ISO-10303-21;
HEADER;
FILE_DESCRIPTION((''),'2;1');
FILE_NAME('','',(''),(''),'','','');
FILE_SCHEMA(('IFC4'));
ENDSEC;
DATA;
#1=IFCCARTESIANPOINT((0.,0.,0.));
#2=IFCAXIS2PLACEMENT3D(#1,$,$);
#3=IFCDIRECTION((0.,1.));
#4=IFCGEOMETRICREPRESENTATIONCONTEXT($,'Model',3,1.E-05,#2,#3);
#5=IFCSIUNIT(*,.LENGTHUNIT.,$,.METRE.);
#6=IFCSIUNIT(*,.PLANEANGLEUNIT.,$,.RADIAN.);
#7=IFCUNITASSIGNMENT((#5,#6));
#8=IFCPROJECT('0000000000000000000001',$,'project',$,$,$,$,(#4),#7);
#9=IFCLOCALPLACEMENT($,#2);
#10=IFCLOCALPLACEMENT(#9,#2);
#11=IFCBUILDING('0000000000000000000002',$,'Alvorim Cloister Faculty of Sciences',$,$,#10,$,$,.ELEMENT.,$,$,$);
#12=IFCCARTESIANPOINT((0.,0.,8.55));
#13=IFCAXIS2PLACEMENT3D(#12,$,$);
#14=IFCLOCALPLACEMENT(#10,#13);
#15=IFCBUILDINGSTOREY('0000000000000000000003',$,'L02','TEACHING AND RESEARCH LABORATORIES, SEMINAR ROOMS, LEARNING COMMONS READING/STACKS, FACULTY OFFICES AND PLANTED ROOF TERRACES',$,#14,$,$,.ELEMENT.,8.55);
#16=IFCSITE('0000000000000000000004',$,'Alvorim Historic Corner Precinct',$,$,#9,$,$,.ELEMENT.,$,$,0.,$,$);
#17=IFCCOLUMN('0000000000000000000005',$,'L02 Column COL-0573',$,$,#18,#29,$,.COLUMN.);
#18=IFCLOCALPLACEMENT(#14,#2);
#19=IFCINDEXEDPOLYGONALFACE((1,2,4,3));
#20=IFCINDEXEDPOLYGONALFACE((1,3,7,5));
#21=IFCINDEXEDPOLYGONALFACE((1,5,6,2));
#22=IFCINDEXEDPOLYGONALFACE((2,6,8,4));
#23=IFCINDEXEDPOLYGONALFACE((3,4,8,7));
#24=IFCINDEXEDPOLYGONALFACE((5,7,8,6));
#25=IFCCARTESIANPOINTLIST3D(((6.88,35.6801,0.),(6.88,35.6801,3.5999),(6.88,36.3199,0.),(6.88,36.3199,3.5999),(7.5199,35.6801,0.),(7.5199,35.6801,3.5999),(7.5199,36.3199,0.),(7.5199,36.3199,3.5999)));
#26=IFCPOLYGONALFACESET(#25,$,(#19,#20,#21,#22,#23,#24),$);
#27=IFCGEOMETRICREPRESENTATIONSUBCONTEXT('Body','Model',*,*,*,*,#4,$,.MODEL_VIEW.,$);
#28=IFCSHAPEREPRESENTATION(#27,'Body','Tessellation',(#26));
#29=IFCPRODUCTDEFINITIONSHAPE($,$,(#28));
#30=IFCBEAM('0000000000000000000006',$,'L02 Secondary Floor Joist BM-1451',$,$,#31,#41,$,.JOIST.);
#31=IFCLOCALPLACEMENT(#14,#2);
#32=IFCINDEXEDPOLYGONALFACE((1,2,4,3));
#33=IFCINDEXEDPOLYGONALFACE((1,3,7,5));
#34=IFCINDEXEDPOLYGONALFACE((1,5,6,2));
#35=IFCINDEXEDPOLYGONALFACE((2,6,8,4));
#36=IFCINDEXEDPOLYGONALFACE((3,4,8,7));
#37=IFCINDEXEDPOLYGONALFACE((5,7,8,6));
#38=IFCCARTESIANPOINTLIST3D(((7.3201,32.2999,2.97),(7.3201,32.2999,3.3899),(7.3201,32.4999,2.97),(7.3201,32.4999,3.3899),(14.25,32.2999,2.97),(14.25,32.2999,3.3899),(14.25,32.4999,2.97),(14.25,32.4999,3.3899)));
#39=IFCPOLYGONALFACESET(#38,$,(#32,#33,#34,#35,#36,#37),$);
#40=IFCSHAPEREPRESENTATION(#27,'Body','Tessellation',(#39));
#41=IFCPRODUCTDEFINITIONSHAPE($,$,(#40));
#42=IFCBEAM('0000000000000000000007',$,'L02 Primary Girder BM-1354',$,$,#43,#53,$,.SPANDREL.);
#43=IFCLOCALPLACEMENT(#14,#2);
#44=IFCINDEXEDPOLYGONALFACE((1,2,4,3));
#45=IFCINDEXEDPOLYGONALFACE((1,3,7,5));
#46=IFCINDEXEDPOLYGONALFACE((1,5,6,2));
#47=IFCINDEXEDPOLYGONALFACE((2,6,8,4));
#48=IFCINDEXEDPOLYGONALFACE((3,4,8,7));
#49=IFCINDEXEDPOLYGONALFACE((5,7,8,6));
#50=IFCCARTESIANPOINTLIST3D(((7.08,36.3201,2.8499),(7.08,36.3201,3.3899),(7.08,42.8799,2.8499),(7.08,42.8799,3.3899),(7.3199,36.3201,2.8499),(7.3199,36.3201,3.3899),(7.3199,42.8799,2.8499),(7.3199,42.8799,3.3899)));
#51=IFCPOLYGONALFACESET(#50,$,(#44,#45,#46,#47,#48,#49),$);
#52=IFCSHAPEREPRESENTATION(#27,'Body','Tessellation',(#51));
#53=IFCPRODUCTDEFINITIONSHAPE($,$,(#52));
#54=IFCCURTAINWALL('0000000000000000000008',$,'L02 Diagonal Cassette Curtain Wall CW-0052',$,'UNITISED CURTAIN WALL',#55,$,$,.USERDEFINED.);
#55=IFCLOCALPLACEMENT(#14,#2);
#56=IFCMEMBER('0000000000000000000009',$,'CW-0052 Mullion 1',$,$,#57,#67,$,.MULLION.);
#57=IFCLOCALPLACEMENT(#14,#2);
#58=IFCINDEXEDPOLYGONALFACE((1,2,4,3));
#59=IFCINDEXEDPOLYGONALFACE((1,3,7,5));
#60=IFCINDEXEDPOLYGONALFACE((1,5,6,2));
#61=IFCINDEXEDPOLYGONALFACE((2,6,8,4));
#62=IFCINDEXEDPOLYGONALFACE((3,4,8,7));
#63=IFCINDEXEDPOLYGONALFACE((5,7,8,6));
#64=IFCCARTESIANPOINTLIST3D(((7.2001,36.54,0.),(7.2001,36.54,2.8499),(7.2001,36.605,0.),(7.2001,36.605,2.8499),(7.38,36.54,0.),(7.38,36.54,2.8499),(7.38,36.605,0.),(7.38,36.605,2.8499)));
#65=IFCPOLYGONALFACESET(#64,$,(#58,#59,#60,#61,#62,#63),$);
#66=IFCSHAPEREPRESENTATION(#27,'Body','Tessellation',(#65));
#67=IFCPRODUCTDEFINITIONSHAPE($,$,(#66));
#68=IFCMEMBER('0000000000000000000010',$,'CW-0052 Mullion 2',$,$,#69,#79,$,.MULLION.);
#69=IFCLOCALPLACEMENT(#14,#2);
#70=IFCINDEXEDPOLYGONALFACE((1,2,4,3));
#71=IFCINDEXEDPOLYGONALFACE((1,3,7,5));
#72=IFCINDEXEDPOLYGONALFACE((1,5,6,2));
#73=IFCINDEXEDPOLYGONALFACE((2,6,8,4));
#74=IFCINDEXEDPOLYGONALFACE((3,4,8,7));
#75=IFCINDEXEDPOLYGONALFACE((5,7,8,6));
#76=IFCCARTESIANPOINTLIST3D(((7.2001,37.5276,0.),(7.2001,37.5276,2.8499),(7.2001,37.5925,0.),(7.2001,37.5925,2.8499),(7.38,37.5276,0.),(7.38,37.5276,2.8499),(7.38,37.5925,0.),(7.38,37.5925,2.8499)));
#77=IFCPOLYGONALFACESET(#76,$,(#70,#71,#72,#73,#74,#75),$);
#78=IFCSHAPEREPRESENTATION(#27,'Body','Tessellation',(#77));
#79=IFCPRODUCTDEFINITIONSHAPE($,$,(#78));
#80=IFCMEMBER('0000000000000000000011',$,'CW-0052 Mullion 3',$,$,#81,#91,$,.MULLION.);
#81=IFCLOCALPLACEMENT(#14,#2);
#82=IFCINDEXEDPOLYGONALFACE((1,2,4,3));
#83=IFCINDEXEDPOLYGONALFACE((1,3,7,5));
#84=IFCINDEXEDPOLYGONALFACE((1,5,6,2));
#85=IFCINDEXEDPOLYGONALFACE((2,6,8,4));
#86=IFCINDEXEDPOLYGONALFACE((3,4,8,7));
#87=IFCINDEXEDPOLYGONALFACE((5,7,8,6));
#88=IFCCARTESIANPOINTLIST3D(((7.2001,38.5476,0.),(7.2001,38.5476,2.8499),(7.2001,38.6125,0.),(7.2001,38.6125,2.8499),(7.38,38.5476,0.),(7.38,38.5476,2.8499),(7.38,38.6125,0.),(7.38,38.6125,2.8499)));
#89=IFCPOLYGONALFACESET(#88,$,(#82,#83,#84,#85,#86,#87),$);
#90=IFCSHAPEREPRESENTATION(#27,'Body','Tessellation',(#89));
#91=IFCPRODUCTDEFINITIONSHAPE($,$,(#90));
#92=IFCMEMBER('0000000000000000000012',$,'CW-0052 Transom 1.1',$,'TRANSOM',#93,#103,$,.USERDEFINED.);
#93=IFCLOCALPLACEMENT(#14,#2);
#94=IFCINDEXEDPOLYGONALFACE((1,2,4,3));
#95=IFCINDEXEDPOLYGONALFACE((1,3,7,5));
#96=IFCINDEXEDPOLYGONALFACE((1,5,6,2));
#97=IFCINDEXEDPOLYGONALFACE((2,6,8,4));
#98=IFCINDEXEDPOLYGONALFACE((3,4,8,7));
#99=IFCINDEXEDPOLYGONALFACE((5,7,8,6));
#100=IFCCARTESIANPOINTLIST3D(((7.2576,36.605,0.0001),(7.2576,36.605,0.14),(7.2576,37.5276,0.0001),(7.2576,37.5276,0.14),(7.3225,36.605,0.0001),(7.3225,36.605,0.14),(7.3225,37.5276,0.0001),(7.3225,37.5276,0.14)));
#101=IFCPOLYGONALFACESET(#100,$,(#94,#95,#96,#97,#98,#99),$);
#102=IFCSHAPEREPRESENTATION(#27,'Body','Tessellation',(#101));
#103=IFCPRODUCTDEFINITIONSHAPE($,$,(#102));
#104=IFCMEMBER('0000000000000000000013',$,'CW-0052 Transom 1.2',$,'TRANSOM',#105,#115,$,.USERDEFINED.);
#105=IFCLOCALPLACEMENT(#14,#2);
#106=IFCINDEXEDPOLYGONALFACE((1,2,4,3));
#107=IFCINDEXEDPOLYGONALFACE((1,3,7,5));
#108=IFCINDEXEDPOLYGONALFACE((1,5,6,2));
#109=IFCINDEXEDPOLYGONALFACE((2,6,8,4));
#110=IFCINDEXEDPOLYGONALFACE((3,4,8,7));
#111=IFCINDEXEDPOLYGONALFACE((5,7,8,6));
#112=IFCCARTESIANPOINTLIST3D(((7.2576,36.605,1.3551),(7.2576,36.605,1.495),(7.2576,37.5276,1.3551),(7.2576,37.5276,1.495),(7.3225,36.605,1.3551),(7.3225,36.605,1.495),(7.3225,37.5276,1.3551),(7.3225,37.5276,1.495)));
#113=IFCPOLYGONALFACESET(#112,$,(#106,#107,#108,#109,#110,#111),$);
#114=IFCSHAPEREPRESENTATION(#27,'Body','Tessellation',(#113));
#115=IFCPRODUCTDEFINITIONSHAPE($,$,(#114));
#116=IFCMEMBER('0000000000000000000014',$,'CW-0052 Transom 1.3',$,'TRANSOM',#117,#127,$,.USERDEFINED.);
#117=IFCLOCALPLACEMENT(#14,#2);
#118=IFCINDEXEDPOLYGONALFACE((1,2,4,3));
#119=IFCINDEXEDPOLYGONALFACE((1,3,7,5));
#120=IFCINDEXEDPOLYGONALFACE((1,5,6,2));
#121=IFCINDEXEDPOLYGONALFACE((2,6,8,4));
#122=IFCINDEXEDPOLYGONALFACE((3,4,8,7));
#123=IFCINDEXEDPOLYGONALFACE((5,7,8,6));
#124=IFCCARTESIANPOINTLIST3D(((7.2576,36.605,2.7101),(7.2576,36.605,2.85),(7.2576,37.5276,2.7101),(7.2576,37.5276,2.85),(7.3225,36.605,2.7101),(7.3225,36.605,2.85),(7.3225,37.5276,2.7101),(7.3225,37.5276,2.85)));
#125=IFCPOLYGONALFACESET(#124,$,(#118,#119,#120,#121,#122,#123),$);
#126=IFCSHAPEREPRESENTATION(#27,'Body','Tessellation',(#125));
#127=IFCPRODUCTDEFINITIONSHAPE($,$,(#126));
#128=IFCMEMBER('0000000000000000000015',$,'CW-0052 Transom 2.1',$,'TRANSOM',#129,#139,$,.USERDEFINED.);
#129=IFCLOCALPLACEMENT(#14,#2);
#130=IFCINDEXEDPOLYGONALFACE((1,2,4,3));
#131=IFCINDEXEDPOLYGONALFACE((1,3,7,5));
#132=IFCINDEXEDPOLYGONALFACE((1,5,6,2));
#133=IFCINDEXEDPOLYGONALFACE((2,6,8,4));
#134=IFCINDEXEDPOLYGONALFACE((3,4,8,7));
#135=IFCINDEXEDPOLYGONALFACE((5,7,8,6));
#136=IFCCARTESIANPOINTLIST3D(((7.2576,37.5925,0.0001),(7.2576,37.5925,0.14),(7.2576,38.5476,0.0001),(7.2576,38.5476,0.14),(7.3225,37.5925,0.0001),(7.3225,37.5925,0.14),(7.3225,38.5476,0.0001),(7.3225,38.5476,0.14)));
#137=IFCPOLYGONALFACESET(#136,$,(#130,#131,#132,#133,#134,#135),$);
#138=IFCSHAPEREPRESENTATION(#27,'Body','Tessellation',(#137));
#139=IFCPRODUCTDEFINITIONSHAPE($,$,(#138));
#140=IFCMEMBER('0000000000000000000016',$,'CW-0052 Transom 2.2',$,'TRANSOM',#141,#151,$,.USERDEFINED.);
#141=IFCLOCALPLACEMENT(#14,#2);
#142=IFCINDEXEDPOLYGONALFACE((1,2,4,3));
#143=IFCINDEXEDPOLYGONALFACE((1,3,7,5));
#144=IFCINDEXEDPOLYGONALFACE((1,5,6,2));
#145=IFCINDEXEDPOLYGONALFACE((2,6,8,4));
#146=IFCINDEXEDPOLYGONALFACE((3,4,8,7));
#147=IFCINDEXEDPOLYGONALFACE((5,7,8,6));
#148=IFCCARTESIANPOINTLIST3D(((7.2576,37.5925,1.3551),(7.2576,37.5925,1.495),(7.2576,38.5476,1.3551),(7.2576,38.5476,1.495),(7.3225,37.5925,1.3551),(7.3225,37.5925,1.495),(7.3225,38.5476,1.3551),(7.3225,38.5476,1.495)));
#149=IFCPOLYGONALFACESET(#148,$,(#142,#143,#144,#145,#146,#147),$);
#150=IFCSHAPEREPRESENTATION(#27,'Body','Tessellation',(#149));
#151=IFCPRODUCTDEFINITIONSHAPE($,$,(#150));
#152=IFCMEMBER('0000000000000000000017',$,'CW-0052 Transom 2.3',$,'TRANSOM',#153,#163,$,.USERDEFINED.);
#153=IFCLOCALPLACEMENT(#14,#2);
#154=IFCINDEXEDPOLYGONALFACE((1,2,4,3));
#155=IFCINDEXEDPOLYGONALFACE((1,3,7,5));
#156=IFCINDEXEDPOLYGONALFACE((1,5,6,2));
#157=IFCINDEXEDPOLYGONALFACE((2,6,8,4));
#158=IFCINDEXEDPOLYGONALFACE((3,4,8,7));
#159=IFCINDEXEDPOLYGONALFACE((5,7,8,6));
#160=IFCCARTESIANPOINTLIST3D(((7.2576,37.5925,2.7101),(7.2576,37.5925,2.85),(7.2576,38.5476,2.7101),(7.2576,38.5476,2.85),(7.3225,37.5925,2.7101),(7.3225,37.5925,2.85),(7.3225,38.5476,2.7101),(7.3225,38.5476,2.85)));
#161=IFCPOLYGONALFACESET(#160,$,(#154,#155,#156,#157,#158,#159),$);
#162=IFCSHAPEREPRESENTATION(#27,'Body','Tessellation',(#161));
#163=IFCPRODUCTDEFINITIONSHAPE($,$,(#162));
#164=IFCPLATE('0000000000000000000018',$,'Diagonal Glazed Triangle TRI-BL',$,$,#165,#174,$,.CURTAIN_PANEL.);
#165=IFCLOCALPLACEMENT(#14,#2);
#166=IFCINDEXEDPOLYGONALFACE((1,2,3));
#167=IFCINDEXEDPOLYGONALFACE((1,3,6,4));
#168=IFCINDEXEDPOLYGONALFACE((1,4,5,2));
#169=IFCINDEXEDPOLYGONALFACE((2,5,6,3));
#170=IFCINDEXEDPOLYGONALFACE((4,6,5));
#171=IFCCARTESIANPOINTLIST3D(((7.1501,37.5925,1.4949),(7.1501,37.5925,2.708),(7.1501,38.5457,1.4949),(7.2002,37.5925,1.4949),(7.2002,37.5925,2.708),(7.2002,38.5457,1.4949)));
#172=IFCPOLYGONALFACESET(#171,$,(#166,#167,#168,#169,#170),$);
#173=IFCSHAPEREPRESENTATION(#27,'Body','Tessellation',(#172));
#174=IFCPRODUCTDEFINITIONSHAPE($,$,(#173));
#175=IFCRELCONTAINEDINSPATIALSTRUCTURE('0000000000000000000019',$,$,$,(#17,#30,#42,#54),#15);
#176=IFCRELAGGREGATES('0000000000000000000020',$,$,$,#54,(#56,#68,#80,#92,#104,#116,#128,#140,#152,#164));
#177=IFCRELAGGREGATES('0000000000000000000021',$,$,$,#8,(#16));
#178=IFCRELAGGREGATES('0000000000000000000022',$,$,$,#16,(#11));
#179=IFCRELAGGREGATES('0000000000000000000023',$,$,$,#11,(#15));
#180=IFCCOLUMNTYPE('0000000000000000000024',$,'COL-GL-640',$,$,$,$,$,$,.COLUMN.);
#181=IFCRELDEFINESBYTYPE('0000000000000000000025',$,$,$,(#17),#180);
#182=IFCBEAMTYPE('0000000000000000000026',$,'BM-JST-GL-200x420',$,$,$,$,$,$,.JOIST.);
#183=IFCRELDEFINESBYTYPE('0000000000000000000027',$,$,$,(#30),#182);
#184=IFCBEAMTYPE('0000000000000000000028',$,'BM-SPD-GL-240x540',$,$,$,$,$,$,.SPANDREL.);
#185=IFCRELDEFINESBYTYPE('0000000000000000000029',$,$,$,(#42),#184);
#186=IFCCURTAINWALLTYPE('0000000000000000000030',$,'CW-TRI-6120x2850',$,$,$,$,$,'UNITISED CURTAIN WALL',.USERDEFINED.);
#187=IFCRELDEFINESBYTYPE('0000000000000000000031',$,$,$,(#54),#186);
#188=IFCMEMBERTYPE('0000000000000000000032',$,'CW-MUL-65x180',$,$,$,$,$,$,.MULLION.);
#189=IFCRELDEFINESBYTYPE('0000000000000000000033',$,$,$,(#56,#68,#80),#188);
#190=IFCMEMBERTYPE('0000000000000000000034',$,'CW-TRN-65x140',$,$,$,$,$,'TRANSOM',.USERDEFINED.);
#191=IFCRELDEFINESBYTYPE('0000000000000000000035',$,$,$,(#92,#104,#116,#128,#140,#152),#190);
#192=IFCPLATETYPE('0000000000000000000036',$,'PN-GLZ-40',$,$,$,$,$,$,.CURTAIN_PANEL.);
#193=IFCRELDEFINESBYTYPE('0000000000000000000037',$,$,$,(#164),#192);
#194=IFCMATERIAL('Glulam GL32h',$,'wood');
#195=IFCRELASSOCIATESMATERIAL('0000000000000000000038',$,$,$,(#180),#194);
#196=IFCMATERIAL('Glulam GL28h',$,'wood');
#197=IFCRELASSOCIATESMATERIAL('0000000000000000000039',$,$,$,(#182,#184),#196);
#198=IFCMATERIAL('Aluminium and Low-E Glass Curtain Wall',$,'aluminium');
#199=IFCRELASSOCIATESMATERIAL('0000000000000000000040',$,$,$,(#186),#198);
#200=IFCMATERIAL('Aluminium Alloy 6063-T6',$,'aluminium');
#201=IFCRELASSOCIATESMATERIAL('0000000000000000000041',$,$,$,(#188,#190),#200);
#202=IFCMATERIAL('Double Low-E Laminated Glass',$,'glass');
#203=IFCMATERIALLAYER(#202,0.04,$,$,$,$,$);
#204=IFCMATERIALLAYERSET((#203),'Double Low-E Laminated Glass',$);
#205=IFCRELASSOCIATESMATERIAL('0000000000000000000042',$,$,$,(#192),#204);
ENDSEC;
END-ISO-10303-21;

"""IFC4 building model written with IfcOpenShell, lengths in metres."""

from ifc_helpers import new_model, si_unit, direction, frame, origin, origin_2d, place, context, subcontext, project, spatial, polyline, rectangle, outline, extrude, material, layer, layer_set, material_profile, profile_set, type_object, element, aggregate, save


model = new_model("IFC4")

# Units and contexts
model_context = context("Model", 3, precision=1e-05, world=origin(), true_north=direction((0.0, 1.0)))
body_context = subcontext(model_context, "Body", "Model", "MODEL_VIEW")
ifc_project = project(units=[si_unit("LENGTHUNIT", "METRE"), si_unit("PLANEANGLEUNIT", "RADIAN")], contexts=[model_context])

# Site, building, storey
site_placement = place(None, origin())
site = spatial("IfcSite", under=ifc_project, at=site_placement, Name="Alvorim Historic Corner Precinct", CompositionType="ELEMENT", RefElevation=0.0)
building_placement = place(site_placement, origin())
building = spatial("IfcBuilding", under=site, at=building_placement, Name="Alvorim Cloister Faculty of Sciences", CompositionType="ELEMENT")
storey_placement = place(building_placement, frame((0.0, 0.0, 8.55)))
storey = spatial("IfcBuildingStorey", under=building, at=storey_placement, Name="L02", Description="TEACHING AND RESEARCH LABORATORIES, SEMINAR ROOMS, LEARNING COMMONS READING/STACKS, FACULTY OFFICES AND PLANTED ROOF TERRACES", CompositionType="ELEMENT", Elevation=8.55)

# Column
ifc_material_1 = material(Name="Glulam GL32h", Category="wood")
ifc_material_profile_1 = material_profile(ifc_material_1, rectangle(XDim=0.6399, YDim=0.6399, at=origin_2d()), Name="GL32-COL-640x640")
ifc_profile_set_1 = profile_set([ifc_material_profile_1], Name="Glulam GL32h")
column_type = type_object("IfcColumnType", Name="COL-GL-640", PredefinedType="COLUMN", material=ifc_profile_set_1)
column_placement = place(storey_placement, frame((7.2, 36.0, 0.0), z_axis=(0.0, 0.0, 1.0), x_axis=(1.0, 0.0, 0.0)))
element("IfcColumn", 1, at=column_placement, inside=storey, type_object=column_type, Name="L02 Column COL-0573", PredefinedType="COLUMN", context=body_context, shape_type="SweptSolid", body=[
    extrude(rectangle(XDim=0.6399, YDim=0.6399, at=origin_2d()), origin(), (0.0, 0.0, 1.0), 3.5999),
])

# Beams
ifc_material_2 = material(Name="Glulam GL28h", Category="wood")
ifc_material_profile_2 = material_profile(ifc_material_2, rectangle(XDim=0.2, YDim=0.4199, at=origin_2d()), Name="GL28-JST-200x420")
ifc_profile_set_2 = profile_set([ifc_material_profile_2], Name="Glulam GL28h")
beam_type_1 = type_object("IfcBeamType", Name="BM-JST-GL-200x420", PredefinedType="JOIST", material=ifc_profile_set_2)
beam_1_placement = place(storey_placement, frame((7.3201, 32.3999, 3.1799), z_axis=(1.0, 0.0, 0.0), x_axis=(0.0, 1.0, 0.0)))
element("IfcBeam", 2, at=beam_1_placement, inside=storey, type_object=beam_type_1, Name="L02 Secondary Floor Joist BM-1451", PredefinedType="JOIST", context=body_context, shape_type="SweptSolid", body=[
    extrude(rectangle(XDim=0.2, YDim=0.4199, at=origin_2d()), origin(), (0.0, 0.0, 1.0), 6.9299),
])
ifc_material_profile_3 = material_profile(ifc_material_2, rectangle(XDim=0.24, YDim=0.54, at=origin_2d()), Name="GL28-SPD-240x540")
ifc_profile_set_3 = profile_set([ifc_material_profile_3], Name="Glulam GL28h")
beam_type_2 = type_object("IfcBeamType", Name="BM-SPD-GL-240x540", PredefinedType="SPANDREL", material=ifc_profile_set_3)
beam_2_placement = place(storey_placement, frame((7.2, 36.3201, 3.1199), z_axis=(0.0, 1.0, 0.0), x_axis=(-1.0, 0.0, 0.0)))
element("IfcBeam", 3, at=beam_2_placement, inside=storey, type_object=beam_type_2, Name="L02 Primary Girder BM-1354", PredefinedType="SPANDREL", context=body_context, shape_type="SweptSolid", body=[
    extrude(rectangle(XDim=0.24, YDim=0.54, at=origin_2d()), origin(), (0.0, 0.0, 1.0), 6.5598),
])

# Curtain wall, members, plate
ifc_material_3 = material(Name="Aluminium and Low-E Glass Curtain Wall", Category="aluminium")
curtain_wall_type = type_object("IfcCurtainWallType", Name="CW-TRI-6120x2850", ElementType="UNITISED CURTAIN WALL", PredefinedType="USERDEFINED", material=ifc_material_3)
curtain_wall_placement = place(storey_placement, origin())
curtain_wall = element("IfcCurtainWall", 4, at=curtain_wall_placement, inside=storey, type_object=curtain_wall_type, Name="L02 Diagonal Cassette Curtain Wall CW-0052", ObjectType="UNITISED CURTAIN WALL", PredefinedType="USERDEFINED")
ifc_material_4 = material(Name="Aluminium Alloy 6063-T6", Category="aluminium")
ifc_material_profile_4 = material_profile(ifc_material_4, rectangle(XDim=0.0649, YDim=0.1799, at=origin_2d()), Name="ALU-MUL-65x180")
ifc_profile_set_4 = profile_set([ifc_material_profile_4], Name="Aluminium Alloy 6063-T6")
member_type_1 = type_object("IfcMemberType", Name="CW-MUL-65x180", PredefinedType="MULLION", material=ifc_profile_set_4)
member_1_placement = place(storey_placement, frame((7.29, 36.5725, 0.0), z_axis=(0.0, 0.0, 1.0), x_axis=(0.0, 1.0, 0.0)))
member_1 = element("IfcMember", 5, at=member_1_placement, type_object=member_type_1, Name="CW-0052 Mullion 1", PredefinedType="MULLION", context=body_context, shape_type="SweptSolid", body=[
    extrude(rectangle(XDim=0.0649, YDim=0.1799, at=origin_2d()), origin(), (0.0, 0.0, 1.0), 2.8499),
])
member_2_placement = place(storey_placement, frame((7.29, 37.5601, 0.0), z_axis=(0.0, 0.0, 1.0), x_axis=(0.0, 1.0, 0.0)))
member_2 = element("IfcMember", 6, at=member_2_placement, type_object=member_type_1, Name="CW-0052 Mullion 2", PredefinedType="MULLION", context=body_context, shape_type="SweptSolid", body=[
    extrude(rectangle(XDim=0.0649, YDim=0.1799, at=origin_2d()), origin(), (0.0, 0.0, 1.0), 2.8499),
])
member_3_placement = place(storey_placement, frame((7.29, 38.5801, 0.0), z_axis=(0.0, 0.0, 1.0), x_axis=(0.0, 1.0, 0.0)))
member_3 = element("IfcMember", 7, at=member_3_placement, type_object=member_type_1, Name="CW-0052 Mullion 3", PredefinedType="MULLION", context=body_context, shape_type="SweptSolid", body=[
    extrude(rectangle(XDim=0.0649, YDim=0.1799, at=origin_2d()), origin(), (0.0, 0.0, 1.0), 2.8499),
])
ifc_material_profile_5 = material_profile(ifc_material_4, rectangle(XDim=0.0649, YDim=0.1399, at=origin_2d()), Name="ALU-TRN-65x140")
ifc_profile_set_5 = profile_set([ifc_material_profile_5], Name="Aluminium Alloy 6063-T6")
member_type_2 = type_object("IfcMemberType", Name="CW-TRN-65x140", ElementType="TRANSOM", PredefinedType="USERDEFINED", material=ifc_profile_set_5)
member_4_placement = place(storey_placement, frame((7.29, 36.605, 0.0701), z_axis=(0.0, 1.0, 0.0), x_axis=(-1.0, 0.0, 0.0)))
member_4 = element("IfcMember", 8, at=member_4_placement, type_object=member_type_2, Name="CW-0052 Transom 1.1", ObjectType="TRANSOM", PredefinedType="USERDEFINED", context=body_context, shape_type="SweptSolid", body=[
    extrude(rectangle(XDim=0.0649, YDim=0.1399, at=origin_2d()), origin(), (0.0, 0.0, 1.0), 0.9226),
])
member_5_placement = place(storey_placement, frame((7.29, 36.605, 1.425), z_axis=(0.0, 1.0, 0.0), x_axis=(-1.0, 0.0, 0.0)))
member_5 = element("IfcMember", 9, at=member_5_placement, type_object=member_type_2, Name="CW-0052 Transom 1.2", ObjectType="TRANSOM", PredefinedType="USERDEFINED", context=body_context, shape_type="SweptSolid", body=[
    extrude(rectangle(XDim=0.0649, YDim=0.1399, at=origin_2d()), origin(), (0.0, 0.0, 1.0), 0.9226),
])
member_6_placement = place(storey_placement, frame((7.29, 36.605, 2.78), z_axis=(0.0, 1.0, 0.0), x_axis=(-1.0, 0.0, 0.0)))
member_6 = element("IfcMember", 10, at=member_6_placement, type_object=member_type_2, Name="CW-0052 Transom 1.3", ObjectType="TRANSOM", PredefinedType="USERDEFINED", context=body_context, shape_type="SweptSolid", body=[
    extrude(rectangle(XDim=0.0649, YDim=0.1399, at=origin_2d()), origin(), (0.0, 0.0, 1.0), 0.9226),
])
member_7_placement = place(storey_placement, frame((7.29, 37.5925, 0.0701), z_axis=(0.0, 1.0, 0.0), x_axis=(-1.0, 0.0, 0.0)))
member_7 = element("IfcMember", 11, at=member_7_placement, type_object=member_type_2, Name="CW-0052 Transom 2.1", ObjectType="TRANSOM", PredefinedType="USERDEFINED", context=body_context, shape_type="SweptSolid", body=[
    extrude(rectangle(XDim=0.0649, YDim=0.1399, at=origin_2d()), origin(), (0.0, 0.0, 1.0), 0.9551),
])
member_8_placement = place(storey_placement, frame((7.29, 37.5925, 1.425), z_axis=(0.0, 1.0, 0.0), x_axis=(-1.0, 0.0, 0.0)))
member_8 = element("IfcMember", 12, at=member_8_placement, type_object=member_type_2, Name="CW-0052 Transom 2.2", ObjectType="TRANSOM", PredefinedType="USERDEFINED", context=body_context, shape_type="SweptSolid", body=[
    extrude(rectangle(XDim=0.0649, YDim=0.1399, at=origin_2d()), origin(), (0.0, 0.0, 1.0), 0.9551),
])
member_9_placement = place(storey_placement, frame((7.29, 37.5925, 2.78), z_axis=(0.0, 1.0, 0.0), x_axis=(-1.0, 0.0, 0.0)))
member_9 = element("IfcMember", 13, at=member_9_placement, type_object=member_type_2, Name="CW-0052 Transom 2.3", ObjectType="TRANSOM", PredefinedType="USERDEFINED", context=body_context, shape_type="SweptSolid", body=[
    extrude(rectangle(XDim=0.0649, YDim=0.1399, at=origin_2d()), origin(), (0.0, 0.0, 1.0), 0.9551),
])
ifc_material_5 = material(Name="Double Low-E Laminated Glass", Category="glass")
ifc_layer_1 = layer(ifc_material_5, 0.04)
ifc_layer_set_1 = layer_set([ifc_layer_1], Name="Double Low-E Laminated Glass")
plate_type = type_object("IfcPlateType", Name="PN-GLZ-40", PredefinedType="CURTAIN_PANEL", material=ifc_layer_set_1)
plate_1_placement = place(storey_placement, frame((7.175, 37.5925, 1.4949), z_axis=(0.0, 0.0, 1.0), x_axis=(0.0, 1.0, 0.0)))
plate_1 = element("IfcPlate", 14, at=plate_1_placement, type_object=plate_type, Name="Diagonal Glazed Triangle TRI-BL", PredefinedType="CURTAIN_PANEL", context=body_context, shape_type="SweptSolid", body=[
    extrude(outline(polyline([(0.0, 0.0), (0.9531, 0.0), (0.0, 1.2131), (0.0, 0.0)])), frame((0.0, 0.0249, 0.0), z_axis=(0.0, -1.0, 0.0), x_axis=(1.0, 0.0, 0.0)), (0.0, 0.0, 1.0), 0.05),
])
aggregate(curtain_wall, [member_1, member_2, member_3, member_4, member_5, member_6, member_7, member_8, member_9, plate_1])

save(model, "model.ifc")
